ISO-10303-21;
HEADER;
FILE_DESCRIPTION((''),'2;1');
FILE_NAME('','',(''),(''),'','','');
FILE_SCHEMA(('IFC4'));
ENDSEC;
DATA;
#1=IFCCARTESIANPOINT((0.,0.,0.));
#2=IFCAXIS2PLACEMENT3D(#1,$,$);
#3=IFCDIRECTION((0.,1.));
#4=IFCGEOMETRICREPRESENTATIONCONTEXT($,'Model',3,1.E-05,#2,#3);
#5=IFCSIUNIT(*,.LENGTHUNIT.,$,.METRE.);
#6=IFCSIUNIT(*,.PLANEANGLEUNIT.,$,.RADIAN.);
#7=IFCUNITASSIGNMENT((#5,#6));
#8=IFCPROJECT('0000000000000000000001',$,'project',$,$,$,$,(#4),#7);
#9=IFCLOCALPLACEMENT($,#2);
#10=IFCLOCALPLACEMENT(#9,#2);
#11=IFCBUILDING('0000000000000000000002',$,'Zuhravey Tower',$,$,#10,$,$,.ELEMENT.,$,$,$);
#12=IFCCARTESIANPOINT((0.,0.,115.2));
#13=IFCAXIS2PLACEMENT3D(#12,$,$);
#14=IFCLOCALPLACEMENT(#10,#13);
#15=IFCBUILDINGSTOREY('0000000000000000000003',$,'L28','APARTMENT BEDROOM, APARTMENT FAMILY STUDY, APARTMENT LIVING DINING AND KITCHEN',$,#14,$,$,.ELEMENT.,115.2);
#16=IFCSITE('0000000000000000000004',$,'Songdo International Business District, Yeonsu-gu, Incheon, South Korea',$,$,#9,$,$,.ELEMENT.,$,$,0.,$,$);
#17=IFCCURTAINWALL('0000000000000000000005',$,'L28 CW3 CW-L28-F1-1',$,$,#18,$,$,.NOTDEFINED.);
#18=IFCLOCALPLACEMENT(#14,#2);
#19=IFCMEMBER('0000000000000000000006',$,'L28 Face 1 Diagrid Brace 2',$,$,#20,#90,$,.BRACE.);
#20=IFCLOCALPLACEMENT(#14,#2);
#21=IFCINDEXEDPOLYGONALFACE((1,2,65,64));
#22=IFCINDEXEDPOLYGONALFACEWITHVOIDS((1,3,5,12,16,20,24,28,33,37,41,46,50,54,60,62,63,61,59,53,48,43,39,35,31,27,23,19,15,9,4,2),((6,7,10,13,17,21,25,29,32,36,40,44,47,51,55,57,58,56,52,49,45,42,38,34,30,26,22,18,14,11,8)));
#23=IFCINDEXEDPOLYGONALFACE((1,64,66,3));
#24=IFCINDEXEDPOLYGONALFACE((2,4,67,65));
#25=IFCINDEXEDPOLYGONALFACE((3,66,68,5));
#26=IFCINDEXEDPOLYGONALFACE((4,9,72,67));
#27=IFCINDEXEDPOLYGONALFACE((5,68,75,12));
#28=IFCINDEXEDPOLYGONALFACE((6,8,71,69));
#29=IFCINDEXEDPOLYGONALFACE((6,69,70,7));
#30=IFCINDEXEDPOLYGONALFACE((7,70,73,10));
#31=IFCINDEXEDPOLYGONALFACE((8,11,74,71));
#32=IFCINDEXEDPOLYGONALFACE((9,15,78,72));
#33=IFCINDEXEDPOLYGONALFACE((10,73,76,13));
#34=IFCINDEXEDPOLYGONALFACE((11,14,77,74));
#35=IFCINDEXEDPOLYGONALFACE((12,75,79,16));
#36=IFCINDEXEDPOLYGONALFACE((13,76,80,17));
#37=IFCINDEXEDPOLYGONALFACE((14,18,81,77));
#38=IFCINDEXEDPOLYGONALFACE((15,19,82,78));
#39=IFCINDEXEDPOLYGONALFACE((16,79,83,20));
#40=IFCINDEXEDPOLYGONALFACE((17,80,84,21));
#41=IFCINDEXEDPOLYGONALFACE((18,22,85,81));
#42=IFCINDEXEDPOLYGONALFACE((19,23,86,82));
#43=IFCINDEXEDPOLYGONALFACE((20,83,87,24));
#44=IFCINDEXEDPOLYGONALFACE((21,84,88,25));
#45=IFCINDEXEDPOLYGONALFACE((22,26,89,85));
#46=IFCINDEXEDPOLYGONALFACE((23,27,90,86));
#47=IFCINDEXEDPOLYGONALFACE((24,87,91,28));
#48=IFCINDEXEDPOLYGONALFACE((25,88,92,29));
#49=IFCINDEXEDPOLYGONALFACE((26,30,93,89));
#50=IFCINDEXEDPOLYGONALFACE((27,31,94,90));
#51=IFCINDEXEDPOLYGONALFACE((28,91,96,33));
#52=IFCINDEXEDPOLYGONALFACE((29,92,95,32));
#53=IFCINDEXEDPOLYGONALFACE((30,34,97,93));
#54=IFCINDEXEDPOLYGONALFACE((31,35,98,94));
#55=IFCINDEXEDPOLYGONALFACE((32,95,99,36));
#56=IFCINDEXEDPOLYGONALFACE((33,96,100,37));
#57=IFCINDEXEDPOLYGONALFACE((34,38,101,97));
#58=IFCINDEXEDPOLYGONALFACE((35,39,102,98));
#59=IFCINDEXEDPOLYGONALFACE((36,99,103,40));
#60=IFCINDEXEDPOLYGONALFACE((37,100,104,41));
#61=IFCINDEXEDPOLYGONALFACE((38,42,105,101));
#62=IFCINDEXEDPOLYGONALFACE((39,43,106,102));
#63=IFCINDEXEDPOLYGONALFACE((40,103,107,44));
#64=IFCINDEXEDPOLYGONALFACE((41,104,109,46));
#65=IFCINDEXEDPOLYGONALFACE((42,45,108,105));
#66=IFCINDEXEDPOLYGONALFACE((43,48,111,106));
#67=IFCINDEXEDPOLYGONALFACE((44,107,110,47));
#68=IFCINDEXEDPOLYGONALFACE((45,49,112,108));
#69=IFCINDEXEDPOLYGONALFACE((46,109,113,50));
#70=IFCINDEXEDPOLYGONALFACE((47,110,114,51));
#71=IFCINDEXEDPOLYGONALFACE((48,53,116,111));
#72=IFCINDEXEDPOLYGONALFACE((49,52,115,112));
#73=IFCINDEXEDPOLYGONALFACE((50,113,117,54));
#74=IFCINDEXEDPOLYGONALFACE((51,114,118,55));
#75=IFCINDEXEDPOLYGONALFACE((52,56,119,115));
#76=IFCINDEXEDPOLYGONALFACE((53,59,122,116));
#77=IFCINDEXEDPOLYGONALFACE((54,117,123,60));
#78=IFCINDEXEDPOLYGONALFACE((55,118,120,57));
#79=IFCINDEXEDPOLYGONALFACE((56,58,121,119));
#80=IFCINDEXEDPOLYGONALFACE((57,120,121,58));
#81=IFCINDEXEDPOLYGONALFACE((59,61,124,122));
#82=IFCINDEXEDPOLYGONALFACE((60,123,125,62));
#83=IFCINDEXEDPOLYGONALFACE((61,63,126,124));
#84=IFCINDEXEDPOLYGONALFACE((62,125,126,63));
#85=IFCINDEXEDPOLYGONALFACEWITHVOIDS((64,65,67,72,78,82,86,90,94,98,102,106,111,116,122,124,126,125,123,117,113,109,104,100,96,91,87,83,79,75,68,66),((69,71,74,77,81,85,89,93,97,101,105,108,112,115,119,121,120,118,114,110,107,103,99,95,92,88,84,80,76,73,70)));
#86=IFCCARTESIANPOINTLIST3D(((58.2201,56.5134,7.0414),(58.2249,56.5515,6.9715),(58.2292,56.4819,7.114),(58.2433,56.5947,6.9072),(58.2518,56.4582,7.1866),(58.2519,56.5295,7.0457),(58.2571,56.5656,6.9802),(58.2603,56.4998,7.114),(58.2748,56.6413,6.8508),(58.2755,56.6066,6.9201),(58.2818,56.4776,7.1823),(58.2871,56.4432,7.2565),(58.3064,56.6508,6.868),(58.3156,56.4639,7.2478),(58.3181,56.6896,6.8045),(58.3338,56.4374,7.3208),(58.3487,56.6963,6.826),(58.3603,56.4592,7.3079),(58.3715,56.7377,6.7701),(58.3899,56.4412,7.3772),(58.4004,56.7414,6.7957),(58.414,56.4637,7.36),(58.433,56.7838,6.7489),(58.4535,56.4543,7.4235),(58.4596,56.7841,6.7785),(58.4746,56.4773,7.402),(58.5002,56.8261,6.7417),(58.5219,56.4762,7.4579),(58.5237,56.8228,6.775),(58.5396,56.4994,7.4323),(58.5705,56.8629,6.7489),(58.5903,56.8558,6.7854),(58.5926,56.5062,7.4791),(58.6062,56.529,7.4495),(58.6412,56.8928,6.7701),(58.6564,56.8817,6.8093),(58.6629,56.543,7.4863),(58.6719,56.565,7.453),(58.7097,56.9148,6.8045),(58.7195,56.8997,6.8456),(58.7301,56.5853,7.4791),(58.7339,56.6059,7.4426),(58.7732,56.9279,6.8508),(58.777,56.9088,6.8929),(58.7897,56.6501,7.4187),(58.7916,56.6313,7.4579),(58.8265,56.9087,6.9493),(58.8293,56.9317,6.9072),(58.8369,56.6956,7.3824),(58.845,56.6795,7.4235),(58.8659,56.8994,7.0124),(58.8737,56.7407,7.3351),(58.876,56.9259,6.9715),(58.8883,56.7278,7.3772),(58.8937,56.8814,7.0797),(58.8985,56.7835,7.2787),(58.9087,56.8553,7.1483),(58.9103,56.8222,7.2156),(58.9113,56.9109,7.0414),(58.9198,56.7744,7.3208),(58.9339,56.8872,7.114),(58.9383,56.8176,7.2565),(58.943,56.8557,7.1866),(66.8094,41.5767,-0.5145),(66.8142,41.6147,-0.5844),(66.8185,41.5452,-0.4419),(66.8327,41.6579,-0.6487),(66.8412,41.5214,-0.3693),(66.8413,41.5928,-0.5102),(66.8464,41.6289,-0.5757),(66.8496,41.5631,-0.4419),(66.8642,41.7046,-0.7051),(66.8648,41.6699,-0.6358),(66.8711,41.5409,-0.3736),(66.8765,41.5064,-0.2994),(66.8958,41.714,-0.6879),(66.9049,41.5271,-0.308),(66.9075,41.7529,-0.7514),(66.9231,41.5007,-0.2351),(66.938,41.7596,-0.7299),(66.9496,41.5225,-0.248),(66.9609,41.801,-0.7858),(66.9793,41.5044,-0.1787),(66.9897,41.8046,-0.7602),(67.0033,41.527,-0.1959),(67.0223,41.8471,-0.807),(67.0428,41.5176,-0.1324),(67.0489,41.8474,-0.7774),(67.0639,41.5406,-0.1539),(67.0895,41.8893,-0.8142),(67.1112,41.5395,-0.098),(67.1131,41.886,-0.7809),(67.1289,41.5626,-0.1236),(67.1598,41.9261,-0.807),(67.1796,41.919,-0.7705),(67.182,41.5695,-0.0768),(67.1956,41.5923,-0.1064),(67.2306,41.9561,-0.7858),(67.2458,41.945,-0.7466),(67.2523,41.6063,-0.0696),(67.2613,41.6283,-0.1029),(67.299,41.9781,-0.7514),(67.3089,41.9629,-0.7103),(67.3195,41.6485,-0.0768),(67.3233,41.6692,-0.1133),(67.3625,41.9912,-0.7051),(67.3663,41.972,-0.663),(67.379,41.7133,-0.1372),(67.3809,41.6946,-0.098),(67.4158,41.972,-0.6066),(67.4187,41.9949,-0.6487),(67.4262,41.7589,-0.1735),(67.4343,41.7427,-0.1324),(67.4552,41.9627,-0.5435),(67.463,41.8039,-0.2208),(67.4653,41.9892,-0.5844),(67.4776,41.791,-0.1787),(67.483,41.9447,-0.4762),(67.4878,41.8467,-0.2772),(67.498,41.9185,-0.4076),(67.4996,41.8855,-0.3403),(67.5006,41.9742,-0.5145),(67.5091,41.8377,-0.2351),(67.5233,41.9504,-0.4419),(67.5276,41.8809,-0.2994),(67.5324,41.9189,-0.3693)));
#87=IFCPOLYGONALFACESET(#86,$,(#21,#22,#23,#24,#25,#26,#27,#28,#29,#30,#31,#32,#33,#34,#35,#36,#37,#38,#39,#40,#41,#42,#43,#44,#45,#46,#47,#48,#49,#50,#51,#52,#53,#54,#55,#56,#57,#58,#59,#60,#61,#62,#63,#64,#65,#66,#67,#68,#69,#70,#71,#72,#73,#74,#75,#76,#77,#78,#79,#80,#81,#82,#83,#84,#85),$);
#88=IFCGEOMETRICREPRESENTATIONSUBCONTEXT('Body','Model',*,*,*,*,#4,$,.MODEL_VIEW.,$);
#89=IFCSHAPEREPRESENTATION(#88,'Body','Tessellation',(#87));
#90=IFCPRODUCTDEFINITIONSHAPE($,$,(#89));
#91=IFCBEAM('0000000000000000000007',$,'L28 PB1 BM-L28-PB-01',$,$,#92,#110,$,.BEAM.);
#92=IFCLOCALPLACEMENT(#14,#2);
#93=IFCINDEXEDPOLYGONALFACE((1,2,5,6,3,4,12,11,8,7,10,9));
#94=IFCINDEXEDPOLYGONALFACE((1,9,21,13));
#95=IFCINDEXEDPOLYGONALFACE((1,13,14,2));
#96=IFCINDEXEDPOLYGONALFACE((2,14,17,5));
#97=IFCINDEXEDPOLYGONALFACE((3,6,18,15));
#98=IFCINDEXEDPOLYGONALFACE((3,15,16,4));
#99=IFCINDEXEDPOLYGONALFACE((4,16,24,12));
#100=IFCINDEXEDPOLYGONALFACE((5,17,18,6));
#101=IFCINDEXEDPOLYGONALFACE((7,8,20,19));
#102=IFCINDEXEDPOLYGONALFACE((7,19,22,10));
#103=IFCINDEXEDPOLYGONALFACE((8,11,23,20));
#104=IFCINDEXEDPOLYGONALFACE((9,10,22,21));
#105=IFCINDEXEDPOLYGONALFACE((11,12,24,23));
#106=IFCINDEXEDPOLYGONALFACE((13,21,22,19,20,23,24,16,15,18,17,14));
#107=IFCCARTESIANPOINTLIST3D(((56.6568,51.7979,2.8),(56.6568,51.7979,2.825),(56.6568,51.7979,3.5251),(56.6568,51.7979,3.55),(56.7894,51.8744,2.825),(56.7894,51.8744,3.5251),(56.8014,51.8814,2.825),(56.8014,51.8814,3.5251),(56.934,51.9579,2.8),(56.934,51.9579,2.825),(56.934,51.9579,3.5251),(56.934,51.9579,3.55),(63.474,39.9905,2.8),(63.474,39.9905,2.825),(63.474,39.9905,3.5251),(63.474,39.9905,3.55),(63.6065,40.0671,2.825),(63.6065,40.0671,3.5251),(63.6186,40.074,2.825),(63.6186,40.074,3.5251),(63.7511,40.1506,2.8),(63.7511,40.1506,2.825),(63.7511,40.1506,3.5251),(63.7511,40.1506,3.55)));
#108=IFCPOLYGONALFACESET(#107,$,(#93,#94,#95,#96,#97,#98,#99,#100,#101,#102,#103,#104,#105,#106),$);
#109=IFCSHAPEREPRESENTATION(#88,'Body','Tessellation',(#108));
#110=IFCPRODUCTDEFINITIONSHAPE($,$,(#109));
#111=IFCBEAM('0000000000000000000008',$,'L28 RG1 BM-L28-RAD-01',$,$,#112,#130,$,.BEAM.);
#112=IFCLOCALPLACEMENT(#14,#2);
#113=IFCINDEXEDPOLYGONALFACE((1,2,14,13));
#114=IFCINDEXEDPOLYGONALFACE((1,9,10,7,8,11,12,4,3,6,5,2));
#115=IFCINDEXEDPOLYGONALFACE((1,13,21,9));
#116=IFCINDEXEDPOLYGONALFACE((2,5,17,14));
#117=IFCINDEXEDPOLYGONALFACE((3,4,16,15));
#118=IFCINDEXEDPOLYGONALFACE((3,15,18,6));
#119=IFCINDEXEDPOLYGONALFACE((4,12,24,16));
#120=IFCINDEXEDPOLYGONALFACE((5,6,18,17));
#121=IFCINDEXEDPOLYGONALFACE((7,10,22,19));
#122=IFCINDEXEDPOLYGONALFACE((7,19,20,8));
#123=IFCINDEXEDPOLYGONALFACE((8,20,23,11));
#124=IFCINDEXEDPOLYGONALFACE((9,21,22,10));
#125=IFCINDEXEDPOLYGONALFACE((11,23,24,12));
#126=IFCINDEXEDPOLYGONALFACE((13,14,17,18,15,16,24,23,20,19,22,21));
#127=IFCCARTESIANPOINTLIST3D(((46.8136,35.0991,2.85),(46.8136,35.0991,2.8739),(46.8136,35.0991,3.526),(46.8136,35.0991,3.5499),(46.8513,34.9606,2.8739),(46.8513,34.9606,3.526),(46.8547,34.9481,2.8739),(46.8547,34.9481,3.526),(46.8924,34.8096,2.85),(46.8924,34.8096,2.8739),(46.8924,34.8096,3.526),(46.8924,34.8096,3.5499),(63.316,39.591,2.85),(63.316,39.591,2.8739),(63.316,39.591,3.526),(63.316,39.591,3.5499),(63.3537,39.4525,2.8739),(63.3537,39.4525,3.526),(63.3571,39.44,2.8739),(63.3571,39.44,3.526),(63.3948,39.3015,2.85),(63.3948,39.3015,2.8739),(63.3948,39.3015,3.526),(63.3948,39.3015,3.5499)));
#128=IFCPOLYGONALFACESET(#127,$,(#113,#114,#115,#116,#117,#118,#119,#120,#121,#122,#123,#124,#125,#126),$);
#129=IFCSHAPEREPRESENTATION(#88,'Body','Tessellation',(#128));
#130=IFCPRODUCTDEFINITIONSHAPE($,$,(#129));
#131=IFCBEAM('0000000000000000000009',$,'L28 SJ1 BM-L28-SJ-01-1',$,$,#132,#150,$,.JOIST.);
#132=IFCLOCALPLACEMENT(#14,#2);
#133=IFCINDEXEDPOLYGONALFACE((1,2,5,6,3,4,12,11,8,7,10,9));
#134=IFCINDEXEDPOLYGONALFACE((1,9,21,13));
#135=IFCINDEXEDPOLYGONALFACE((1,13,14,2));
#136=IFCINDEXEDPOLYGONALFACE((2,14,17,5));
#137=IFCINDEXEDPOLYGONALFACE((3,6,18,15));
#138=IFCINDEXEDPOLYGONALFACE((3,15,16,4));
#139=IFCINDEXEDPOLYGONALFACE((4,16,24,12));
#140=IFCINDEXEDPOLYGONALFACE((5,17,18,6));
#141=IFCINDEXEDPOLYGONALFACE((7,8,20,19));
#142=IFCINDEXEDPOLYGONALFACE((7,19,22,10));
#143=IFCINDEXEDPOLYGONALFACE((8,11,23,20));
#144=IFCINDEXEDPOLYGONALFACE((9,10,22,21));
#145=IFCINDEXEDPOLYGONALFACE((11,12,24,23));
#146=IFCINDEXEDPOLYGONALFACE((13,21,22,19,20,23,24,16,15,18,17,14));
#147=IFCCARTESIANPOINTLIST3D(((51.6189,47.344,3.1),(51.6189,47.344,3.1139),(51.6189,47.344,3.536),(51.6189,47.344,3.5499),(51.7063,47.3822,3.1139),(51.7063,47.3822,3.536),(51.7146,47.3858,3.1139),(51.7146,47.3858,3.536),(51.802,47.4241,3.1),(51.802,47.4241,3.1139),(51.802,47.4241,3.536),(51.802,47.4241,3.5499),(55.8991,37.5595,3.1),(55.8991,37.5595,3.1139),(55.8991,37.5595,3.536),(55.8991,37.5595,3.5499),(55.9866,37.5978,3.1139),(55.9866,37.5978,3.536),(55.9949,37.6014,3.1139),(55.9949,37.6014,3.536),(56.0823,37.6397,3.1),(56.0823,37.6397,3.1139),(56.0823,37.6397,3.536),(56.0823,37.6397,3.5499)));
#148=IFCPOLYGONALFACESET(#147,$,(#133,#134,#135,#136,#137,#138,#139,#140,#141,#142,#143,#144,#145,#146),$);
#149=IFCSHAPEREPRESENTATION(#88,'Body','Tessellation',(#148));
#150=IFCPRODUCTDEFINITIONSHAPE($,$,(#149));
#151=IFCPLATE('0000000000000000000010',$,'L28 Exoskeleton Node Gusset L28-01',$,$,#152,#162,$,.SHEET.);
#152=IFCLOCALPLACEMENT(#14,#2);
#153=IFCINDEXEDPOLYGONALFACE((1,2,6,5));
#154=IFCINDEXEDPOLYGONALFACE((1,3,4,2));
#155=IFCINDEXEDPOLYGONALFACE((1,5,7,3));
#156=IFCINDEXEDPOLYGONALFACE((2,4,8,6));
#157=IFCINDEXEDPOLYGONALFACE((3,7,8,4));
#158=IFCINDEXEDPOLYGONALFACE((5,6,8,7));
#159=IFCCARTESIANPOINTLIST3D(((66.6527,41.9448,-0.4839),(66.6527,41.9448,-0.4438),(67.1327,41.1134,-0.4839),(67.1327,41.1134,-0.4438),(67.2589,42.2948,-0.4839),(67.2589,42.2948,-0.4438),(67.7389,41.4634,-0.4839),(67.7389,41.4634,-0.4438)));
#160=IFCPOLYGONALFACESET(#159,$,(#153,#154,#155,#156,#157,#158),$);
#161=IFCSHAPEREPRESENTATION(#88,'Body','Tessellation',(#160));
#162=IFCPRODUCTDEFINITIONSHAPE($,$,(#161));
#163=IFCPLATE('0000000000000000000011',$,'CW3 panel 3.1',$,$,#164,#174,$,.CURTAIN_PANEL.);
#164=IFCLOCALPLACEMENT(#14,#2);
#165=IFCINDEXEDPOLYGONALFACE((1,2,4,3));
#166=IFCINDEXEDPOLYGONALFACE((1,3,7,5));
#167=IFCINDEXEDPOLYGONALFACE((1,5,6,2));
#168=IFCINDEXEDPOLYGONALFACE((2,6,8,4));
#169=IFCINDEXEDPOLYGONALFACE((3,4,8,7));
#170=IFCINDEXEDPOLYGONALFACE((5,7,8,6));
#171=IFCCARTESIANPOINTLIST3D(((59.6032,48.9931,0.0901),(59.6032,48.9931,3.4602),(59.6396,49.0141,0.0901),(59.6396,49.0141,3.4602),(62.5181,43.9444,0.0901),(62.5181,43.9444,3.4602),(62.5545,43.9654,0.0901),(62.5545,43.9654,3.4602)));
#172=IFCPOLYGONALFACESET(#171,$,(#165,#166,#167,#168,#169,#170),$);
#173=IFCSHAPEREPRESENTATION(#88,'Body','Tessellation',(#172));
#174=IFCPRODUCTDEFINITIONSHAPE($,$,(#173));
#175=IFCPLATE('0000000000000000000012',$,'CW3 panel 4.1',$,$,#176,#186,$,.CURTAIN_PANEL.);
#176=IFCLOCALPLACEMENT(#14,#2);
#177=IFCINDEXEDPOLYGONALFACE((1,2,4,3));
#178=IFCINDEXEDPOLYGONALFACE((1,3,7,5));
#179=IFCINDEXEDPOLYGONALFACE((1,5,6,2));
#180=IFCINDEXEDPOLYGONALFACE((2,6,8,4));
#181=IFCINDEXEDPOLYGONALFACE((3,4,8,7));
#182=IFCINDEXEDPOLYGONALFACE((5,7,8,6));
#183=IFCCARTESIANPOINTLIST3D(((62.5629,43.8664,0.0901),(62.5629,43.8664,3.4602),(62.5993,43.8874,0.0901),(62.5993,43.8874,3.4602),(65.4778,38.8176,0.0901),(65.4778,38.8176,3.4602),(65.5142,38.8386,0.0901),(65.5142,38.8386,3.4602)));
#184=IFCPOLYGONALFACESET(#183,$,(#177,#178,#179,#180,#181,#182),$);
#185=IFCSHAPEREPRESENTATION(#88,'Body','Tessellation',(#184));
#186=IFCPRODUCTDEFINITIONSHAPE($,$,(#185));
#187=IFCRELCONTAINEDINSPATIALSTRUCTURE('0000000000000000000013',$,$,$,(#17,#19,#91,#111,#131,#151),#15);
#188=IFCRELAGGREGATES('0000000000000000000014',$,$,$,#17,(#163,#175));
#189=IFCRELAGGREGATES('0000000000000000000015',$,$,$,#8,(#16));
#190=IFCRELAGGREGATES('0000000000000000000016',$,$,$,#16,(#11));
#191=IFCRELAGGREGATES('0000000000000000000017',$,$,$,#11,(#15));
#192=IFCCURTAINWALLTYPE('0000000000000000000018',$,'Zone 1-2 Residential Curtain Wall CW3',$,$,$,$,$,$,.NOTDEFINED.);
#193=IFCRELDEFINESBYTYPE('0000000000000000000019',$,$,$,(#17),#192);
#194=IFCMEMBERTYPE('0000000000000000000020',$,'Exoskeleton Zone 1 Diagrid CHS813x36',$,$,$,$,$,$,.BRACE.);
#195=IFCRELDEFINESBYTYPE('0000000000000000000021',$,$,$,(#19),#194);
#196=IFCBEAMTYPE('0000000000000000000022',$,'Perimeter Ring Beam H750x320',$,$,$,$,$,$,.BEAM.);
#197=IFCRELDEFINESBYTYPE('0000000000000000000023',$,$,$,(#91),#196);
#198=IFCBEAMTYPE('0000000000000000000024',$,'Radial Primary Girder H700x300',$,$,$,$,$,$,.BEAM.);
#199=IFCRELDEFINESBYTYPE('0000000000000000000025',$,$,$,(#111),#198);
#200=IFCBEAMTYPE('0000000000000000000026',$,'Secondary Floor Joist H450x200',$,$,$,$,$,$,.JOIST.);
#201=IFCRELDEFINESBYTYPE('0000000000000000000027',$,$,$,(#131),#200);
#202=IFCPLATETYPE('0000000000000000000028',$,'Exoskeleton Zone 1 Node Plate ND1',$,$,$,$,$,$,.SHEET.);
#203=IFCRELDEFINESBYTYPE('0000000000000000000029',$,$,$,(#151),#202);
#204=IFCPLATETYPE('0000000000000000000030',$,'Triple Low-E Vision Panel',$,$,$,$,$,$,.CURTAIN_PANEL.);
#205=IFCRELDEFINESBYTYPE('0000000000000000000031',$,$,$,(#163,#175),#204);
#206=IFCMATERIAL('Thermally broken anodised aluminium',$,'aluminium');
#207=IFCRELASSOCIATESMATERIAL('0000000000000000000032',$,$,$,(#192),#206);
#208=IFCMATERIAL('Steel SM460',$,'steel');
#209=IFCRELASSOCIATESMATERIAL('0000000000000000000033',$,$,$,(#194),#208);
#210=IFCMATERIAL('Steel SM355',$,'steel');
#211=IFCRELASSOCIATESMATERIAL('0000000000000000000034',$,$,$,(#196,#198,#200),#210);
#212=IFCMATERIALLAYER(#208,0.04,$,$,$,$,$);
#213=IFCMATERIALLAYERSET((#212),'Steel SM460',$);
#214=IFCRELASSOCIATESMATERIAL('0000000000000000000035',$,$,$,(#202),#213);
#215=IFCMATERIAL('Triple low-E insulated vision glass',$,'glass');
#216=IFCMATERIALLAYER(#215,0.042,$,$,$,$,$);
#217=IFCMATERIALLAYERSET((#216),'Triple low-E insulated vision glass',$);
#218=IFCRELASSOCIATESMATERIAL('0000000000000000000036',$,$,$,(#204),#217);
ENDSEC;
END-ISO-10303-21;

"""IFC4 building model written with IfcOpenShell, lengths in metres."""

from ifc_helpers import new_model, si_unit, direction, frame, origin, origin_2d, place, context, subcontext, project, spatial, rectangle, hollow_circle, i_section, extrude, material, layer, layer_set, material_profile, profile_set, type_object, element, aggregate, save


model = new_model("IFC4")

# Units and contexts
model_context = context("Model", 3, precision=1e-05, world=origin(), true_north=direction((0.0, 1.0)))
body_context = subcontext(model_context, "Body", "Model", "MODEL_VIEW")
ifc_project = project(units=[si_unit("LENGTHUNIT", "METRE"), si_unit("PLANEANGLEUNIT", "RADIAN")], contexts=[model_context])

# Site, building, storey
site_placement = place(None, origin())
site = spatial("IfcSite", under=ifc_project, at=site_placement, Name="Songdo International Business District, Yeonsu-gu, Incheon, South Korea", CompositionType="ELEMENT", RefElevation=0.0)
building_placement = place(site_placement, origin())
building = spatial("IfcBuilding", under=site, at=building_placement, Name="Zuhravey Tower", CompositionType="ELEMENT")
storey_placement = place(building_placement, frame((0.0, 0.0, 115.2)))
storey = spatial("IfcBuildingStorey", under=building, at=storey_placement, Name="L28", Description="APARTMENT BEDROOM, APARTMENT FAMILY STUDY, APARTMENT LIVING DINING AND KITCHEN", CompositionType="ELEMENT", Elevation=115.2)

# Curtain wall
ifc_material_1 = material(Name="Thermally broken anodised aluminium", Category="aluminium")
curtain_wall_type = type_object("IfcCurtainWallType", Name="Zone 1-2 Residential Curtain Wall CW3", PredefinedType="NOTDEFINED", material=ifc_material_1)
curtain_wall_placement = place(storey_placement, origin())
curtain_wall = element("IfcCurtainWall", 1, at=curtain_wall_placement, inside=storey, type_object=curtain_wall_type, Name="L28 CW3 CW-L28-F1-1", PredefinedType="NOTDEFINED")

# Member
ifc_material_2 = material(Name="Steel SM355", Category="steel")
ifc_material_3 = material(Name="Steel SM460", Category="steel")
ifc_material_profile_1 = material_profile(ifc_material_3, hollow_circle(Radius=0.4065, WallThickness=0.0359, at=origin_2d()), Name="CHS-812.8x36")
ifc_profile_set_1 = profile_set([ifc_material_profile_1], Name="Steel SM460")
member_type_1 = type_object("IfcMemberType", Name="Exoskeleton Zone 1 Diagrid CHS813x36", PredefinedType="BRACE", material=ifc_profile_set_1)
member_1_placement = place(storey_placement, frame((67.1709, 41.7478, -0.4419), z_axis=(-0.456535, 0.793907, 0.401606), x_axis=(-0.866888, -0.498502, 0.0)))
element("IfcMember", 2, at=member_1_placement, inside=storey, type_object=member_type_1, Name="L28 Face 1 Diagrid Brace 2", PredefinedType="BRACE", context=body_context, shape_type="SweptSolid", body=[
    extrude(hollow_circle(Radius=0.4065, WallThickness=0.0359, at=origin_2d()), origin(), (0.0, 0.0, 1.0), 18.8142),
])

# Beams
ifc_material_profile_2 = material_profile(ifc_material_2, i_section(OverallWidth=0.3201, OverallDepth=0.75, WebThickness=0.0139, FlangeThickness=0.0249, at=origin_2d()), Name="H-750x320x14x25")
ifc_profile_set_2 = profile_set([ifc_material_profile_2], Name="Steel SM355")
beam_type_1 = type_object("IfcBeamType", Name="Perimeter Ring Beam H750x320", PredefinedType="BEAM", material=ifc_profile_set_2)
beam_1_placement = place(storey_placement, frame((63.6125, 40.0706, 3.175), z_axis=(-0.500008, 0.866021, 0.0), x_axis=(-0.866021, -0.500008, 0.0)))
element("IfcBeam", 3, at=beam_1_placement, inside=storey, type_object=beam_type_1, Name="L28 PB1 BM-L28-PB-01", PredefinedType="BEAM", context=body_context, shape_type="SweptSolid", body=[
    extrude(i_section(OverallWidth=0.3201, OverallDepth=0.75, WebThickness=0.0139, FlangeThickness=0.0249, at=origin_2d()), origin(), (0.0, 0.0, 1.0), 13.634),
])
ifc_material_profile_3 = material_profile(ifc_material_2, i_section(OverallWidth=0.3, OverallDepth=0.7, WebThickness=0.0129, FlangeThickness=0.0239, at=origin_2d()), Name="H-700x300x13x24")
ifc_profile_set_3 = profile_set([ifc_material_profile_3], Name="Steel SM355")
beam_type_2 = type_object("IfcBeamType", Name="Radial Primary Girder H700x300", PredefinedType="BEAM", material=ifc_profile_set_3)
beam_2_placement = place(storey_placement, frame((46.853, 34.9543, 3.2), z_axis=(0.964893, 0.262643, 0.0), x_axis=(-0.262643, 0.964893, 0.0)))
element("IfcBeam", 4, at=beam_2_placement, inside=storey, type_object=beam_type_2, Name="L28 RG1 BM-L28-RAD-01", PredefinedType="BEAM", context=body_context, shape_type="SweptSolid", body=[
    extrude(i_section(OverallWidth=0.3, OverallDepth=0.7, WebThickness=0.0129, FlangeThickness=0.0239, at=origin_2d()), origin(), (0.0, 0.0, 1.0), 17.1028),
])
ifc_material_profile_4 = material_profile(ifc_material_2, i_section(OverallWidth=0.2, OverallDepth=0.45, WebThickness=0.009, FlangeThickness=0.0139, at=origin_2d()), Name="H-450x200x9x14")
ifc_profile_set_4 = profile_set([ifc_material_profile_4], Name="Steel SM355")
beam_type_3 = type_object("IfcBeamType", Name="Secondary Floor Joist H450x200", PredefinedType="JOIST", material=ifc_profile_set_4)
beam_3_placement = place(storey_placement, frame((55.9907, 37.5996, 3.325), z_axis=(-0.400786, 0.916172, 0.0), x_axis=(-0.916172, -0.400786, 0.0)))
element("IfcBeam", 5, at=beam_3_placement, inside=storey, type_object=beam_type_3, Name="L28 SJ1 BM-L28-SJ-01-1", PredefinedType="JOIST", context=body_context, shape_type="SweptSolid", body=[
    extrude(i_section(OverallWidth=0.2, OverallDepth=0.45, WebThickness=0.009, FlangeThickness=0.0139, at=origin_2d()), origin(), (0.0, 0.0, 1.0), 10.6797),
])

# Plates
ifc_layer_1 = layer(ifc_material_3, 0.04)
ifc_layer_set_1 = layer_set([ifc_layer_1], Name="Steel SM460")
plate_type_1 = type_object("IfcPlateType", Name="Exoskeleton Zone 1 Node Plate ND1", PredefinedType="SHEET", material=ifc_layer_set_1)
plate_1_placement = place(storey_placement, frame((67.1958, 41.7041, -0.4839), z_axis=(0.0, 0.0, 1.0), x_axis=(-0.5, 0.866025, 0.0)))
element("IfcPlate", 6, at=plate_1_placement, inside=storey, type_object=plate_type_1, Name="L28 Exoskeleton Node Gusset L28-01", PredefinedType="SHEET", context=body_context, shape_type="SweptSolid", body=[
    extrude(rectangle(XDim=0.96, YDim=0.7, at=origin_2d()), origin(), (0.0, 0.0, 1.0), 0.04),
])
ifc_material_4 = material(Name="Triple low-E insulated vision glass", Category="glass")
ifc_layer_2 = layer(ifc_material_4, 0.042)
ifc_layer_set_2 = layer_set([ifc_layer_2], Name="Triple low-E insulated vision glass")
plate_type_2 = type_object("IfcPlateType", Name="Triple Low-E Vision Panel", PredefinedType="CURTAIN_PANEL", material=ifc_layer_set_2)
plate_2_placement = place(storey_placement, frame((61.0789, 46.4792, 0.0901), z_axis=(0.0, 0.0, 1.0), x_axis=(0.5, -0.866026, 0.0)))
plate_2 = element("IfcPlate", 7, at=plate_2_placement, type_object=plate_type_2, Name="CW3 panel 3.1", PredefinedType="CURTAIN_PANEL", context=body_context, shape_type="SweptSolid", body=[
    extrude(rectangle(XDim=5.8298, YDim=0.042, at=origin_2d()), origin(), (0.0, 0.0, 1.0), 3.3701),
])
plate_3_placement = place(storey_placement, frame((64.0386, 41.3525, 0.0901), z_axis=(0.0, 0.0, 1.0), x_axis=(0.5, -0.866026, 0.0)))
plate_3 = element("IfcPlate", 8, at=plate_3_placement, type_object=plate_type_2, Name="CW3 panel 4.1", PredefinedType="CURTAIN_PANEL", context=body_context, shape_type="SweptSolid", body=[
    extrude(rectangle(XDim=5.8298, YDim=0.042, at=origin_2d()), origin(), (0.0, 0.0, 1.0), 3.3701),
])
aggregate(curtain_wall, [plate_2, plate_3])

save(model, "model.ifc")
